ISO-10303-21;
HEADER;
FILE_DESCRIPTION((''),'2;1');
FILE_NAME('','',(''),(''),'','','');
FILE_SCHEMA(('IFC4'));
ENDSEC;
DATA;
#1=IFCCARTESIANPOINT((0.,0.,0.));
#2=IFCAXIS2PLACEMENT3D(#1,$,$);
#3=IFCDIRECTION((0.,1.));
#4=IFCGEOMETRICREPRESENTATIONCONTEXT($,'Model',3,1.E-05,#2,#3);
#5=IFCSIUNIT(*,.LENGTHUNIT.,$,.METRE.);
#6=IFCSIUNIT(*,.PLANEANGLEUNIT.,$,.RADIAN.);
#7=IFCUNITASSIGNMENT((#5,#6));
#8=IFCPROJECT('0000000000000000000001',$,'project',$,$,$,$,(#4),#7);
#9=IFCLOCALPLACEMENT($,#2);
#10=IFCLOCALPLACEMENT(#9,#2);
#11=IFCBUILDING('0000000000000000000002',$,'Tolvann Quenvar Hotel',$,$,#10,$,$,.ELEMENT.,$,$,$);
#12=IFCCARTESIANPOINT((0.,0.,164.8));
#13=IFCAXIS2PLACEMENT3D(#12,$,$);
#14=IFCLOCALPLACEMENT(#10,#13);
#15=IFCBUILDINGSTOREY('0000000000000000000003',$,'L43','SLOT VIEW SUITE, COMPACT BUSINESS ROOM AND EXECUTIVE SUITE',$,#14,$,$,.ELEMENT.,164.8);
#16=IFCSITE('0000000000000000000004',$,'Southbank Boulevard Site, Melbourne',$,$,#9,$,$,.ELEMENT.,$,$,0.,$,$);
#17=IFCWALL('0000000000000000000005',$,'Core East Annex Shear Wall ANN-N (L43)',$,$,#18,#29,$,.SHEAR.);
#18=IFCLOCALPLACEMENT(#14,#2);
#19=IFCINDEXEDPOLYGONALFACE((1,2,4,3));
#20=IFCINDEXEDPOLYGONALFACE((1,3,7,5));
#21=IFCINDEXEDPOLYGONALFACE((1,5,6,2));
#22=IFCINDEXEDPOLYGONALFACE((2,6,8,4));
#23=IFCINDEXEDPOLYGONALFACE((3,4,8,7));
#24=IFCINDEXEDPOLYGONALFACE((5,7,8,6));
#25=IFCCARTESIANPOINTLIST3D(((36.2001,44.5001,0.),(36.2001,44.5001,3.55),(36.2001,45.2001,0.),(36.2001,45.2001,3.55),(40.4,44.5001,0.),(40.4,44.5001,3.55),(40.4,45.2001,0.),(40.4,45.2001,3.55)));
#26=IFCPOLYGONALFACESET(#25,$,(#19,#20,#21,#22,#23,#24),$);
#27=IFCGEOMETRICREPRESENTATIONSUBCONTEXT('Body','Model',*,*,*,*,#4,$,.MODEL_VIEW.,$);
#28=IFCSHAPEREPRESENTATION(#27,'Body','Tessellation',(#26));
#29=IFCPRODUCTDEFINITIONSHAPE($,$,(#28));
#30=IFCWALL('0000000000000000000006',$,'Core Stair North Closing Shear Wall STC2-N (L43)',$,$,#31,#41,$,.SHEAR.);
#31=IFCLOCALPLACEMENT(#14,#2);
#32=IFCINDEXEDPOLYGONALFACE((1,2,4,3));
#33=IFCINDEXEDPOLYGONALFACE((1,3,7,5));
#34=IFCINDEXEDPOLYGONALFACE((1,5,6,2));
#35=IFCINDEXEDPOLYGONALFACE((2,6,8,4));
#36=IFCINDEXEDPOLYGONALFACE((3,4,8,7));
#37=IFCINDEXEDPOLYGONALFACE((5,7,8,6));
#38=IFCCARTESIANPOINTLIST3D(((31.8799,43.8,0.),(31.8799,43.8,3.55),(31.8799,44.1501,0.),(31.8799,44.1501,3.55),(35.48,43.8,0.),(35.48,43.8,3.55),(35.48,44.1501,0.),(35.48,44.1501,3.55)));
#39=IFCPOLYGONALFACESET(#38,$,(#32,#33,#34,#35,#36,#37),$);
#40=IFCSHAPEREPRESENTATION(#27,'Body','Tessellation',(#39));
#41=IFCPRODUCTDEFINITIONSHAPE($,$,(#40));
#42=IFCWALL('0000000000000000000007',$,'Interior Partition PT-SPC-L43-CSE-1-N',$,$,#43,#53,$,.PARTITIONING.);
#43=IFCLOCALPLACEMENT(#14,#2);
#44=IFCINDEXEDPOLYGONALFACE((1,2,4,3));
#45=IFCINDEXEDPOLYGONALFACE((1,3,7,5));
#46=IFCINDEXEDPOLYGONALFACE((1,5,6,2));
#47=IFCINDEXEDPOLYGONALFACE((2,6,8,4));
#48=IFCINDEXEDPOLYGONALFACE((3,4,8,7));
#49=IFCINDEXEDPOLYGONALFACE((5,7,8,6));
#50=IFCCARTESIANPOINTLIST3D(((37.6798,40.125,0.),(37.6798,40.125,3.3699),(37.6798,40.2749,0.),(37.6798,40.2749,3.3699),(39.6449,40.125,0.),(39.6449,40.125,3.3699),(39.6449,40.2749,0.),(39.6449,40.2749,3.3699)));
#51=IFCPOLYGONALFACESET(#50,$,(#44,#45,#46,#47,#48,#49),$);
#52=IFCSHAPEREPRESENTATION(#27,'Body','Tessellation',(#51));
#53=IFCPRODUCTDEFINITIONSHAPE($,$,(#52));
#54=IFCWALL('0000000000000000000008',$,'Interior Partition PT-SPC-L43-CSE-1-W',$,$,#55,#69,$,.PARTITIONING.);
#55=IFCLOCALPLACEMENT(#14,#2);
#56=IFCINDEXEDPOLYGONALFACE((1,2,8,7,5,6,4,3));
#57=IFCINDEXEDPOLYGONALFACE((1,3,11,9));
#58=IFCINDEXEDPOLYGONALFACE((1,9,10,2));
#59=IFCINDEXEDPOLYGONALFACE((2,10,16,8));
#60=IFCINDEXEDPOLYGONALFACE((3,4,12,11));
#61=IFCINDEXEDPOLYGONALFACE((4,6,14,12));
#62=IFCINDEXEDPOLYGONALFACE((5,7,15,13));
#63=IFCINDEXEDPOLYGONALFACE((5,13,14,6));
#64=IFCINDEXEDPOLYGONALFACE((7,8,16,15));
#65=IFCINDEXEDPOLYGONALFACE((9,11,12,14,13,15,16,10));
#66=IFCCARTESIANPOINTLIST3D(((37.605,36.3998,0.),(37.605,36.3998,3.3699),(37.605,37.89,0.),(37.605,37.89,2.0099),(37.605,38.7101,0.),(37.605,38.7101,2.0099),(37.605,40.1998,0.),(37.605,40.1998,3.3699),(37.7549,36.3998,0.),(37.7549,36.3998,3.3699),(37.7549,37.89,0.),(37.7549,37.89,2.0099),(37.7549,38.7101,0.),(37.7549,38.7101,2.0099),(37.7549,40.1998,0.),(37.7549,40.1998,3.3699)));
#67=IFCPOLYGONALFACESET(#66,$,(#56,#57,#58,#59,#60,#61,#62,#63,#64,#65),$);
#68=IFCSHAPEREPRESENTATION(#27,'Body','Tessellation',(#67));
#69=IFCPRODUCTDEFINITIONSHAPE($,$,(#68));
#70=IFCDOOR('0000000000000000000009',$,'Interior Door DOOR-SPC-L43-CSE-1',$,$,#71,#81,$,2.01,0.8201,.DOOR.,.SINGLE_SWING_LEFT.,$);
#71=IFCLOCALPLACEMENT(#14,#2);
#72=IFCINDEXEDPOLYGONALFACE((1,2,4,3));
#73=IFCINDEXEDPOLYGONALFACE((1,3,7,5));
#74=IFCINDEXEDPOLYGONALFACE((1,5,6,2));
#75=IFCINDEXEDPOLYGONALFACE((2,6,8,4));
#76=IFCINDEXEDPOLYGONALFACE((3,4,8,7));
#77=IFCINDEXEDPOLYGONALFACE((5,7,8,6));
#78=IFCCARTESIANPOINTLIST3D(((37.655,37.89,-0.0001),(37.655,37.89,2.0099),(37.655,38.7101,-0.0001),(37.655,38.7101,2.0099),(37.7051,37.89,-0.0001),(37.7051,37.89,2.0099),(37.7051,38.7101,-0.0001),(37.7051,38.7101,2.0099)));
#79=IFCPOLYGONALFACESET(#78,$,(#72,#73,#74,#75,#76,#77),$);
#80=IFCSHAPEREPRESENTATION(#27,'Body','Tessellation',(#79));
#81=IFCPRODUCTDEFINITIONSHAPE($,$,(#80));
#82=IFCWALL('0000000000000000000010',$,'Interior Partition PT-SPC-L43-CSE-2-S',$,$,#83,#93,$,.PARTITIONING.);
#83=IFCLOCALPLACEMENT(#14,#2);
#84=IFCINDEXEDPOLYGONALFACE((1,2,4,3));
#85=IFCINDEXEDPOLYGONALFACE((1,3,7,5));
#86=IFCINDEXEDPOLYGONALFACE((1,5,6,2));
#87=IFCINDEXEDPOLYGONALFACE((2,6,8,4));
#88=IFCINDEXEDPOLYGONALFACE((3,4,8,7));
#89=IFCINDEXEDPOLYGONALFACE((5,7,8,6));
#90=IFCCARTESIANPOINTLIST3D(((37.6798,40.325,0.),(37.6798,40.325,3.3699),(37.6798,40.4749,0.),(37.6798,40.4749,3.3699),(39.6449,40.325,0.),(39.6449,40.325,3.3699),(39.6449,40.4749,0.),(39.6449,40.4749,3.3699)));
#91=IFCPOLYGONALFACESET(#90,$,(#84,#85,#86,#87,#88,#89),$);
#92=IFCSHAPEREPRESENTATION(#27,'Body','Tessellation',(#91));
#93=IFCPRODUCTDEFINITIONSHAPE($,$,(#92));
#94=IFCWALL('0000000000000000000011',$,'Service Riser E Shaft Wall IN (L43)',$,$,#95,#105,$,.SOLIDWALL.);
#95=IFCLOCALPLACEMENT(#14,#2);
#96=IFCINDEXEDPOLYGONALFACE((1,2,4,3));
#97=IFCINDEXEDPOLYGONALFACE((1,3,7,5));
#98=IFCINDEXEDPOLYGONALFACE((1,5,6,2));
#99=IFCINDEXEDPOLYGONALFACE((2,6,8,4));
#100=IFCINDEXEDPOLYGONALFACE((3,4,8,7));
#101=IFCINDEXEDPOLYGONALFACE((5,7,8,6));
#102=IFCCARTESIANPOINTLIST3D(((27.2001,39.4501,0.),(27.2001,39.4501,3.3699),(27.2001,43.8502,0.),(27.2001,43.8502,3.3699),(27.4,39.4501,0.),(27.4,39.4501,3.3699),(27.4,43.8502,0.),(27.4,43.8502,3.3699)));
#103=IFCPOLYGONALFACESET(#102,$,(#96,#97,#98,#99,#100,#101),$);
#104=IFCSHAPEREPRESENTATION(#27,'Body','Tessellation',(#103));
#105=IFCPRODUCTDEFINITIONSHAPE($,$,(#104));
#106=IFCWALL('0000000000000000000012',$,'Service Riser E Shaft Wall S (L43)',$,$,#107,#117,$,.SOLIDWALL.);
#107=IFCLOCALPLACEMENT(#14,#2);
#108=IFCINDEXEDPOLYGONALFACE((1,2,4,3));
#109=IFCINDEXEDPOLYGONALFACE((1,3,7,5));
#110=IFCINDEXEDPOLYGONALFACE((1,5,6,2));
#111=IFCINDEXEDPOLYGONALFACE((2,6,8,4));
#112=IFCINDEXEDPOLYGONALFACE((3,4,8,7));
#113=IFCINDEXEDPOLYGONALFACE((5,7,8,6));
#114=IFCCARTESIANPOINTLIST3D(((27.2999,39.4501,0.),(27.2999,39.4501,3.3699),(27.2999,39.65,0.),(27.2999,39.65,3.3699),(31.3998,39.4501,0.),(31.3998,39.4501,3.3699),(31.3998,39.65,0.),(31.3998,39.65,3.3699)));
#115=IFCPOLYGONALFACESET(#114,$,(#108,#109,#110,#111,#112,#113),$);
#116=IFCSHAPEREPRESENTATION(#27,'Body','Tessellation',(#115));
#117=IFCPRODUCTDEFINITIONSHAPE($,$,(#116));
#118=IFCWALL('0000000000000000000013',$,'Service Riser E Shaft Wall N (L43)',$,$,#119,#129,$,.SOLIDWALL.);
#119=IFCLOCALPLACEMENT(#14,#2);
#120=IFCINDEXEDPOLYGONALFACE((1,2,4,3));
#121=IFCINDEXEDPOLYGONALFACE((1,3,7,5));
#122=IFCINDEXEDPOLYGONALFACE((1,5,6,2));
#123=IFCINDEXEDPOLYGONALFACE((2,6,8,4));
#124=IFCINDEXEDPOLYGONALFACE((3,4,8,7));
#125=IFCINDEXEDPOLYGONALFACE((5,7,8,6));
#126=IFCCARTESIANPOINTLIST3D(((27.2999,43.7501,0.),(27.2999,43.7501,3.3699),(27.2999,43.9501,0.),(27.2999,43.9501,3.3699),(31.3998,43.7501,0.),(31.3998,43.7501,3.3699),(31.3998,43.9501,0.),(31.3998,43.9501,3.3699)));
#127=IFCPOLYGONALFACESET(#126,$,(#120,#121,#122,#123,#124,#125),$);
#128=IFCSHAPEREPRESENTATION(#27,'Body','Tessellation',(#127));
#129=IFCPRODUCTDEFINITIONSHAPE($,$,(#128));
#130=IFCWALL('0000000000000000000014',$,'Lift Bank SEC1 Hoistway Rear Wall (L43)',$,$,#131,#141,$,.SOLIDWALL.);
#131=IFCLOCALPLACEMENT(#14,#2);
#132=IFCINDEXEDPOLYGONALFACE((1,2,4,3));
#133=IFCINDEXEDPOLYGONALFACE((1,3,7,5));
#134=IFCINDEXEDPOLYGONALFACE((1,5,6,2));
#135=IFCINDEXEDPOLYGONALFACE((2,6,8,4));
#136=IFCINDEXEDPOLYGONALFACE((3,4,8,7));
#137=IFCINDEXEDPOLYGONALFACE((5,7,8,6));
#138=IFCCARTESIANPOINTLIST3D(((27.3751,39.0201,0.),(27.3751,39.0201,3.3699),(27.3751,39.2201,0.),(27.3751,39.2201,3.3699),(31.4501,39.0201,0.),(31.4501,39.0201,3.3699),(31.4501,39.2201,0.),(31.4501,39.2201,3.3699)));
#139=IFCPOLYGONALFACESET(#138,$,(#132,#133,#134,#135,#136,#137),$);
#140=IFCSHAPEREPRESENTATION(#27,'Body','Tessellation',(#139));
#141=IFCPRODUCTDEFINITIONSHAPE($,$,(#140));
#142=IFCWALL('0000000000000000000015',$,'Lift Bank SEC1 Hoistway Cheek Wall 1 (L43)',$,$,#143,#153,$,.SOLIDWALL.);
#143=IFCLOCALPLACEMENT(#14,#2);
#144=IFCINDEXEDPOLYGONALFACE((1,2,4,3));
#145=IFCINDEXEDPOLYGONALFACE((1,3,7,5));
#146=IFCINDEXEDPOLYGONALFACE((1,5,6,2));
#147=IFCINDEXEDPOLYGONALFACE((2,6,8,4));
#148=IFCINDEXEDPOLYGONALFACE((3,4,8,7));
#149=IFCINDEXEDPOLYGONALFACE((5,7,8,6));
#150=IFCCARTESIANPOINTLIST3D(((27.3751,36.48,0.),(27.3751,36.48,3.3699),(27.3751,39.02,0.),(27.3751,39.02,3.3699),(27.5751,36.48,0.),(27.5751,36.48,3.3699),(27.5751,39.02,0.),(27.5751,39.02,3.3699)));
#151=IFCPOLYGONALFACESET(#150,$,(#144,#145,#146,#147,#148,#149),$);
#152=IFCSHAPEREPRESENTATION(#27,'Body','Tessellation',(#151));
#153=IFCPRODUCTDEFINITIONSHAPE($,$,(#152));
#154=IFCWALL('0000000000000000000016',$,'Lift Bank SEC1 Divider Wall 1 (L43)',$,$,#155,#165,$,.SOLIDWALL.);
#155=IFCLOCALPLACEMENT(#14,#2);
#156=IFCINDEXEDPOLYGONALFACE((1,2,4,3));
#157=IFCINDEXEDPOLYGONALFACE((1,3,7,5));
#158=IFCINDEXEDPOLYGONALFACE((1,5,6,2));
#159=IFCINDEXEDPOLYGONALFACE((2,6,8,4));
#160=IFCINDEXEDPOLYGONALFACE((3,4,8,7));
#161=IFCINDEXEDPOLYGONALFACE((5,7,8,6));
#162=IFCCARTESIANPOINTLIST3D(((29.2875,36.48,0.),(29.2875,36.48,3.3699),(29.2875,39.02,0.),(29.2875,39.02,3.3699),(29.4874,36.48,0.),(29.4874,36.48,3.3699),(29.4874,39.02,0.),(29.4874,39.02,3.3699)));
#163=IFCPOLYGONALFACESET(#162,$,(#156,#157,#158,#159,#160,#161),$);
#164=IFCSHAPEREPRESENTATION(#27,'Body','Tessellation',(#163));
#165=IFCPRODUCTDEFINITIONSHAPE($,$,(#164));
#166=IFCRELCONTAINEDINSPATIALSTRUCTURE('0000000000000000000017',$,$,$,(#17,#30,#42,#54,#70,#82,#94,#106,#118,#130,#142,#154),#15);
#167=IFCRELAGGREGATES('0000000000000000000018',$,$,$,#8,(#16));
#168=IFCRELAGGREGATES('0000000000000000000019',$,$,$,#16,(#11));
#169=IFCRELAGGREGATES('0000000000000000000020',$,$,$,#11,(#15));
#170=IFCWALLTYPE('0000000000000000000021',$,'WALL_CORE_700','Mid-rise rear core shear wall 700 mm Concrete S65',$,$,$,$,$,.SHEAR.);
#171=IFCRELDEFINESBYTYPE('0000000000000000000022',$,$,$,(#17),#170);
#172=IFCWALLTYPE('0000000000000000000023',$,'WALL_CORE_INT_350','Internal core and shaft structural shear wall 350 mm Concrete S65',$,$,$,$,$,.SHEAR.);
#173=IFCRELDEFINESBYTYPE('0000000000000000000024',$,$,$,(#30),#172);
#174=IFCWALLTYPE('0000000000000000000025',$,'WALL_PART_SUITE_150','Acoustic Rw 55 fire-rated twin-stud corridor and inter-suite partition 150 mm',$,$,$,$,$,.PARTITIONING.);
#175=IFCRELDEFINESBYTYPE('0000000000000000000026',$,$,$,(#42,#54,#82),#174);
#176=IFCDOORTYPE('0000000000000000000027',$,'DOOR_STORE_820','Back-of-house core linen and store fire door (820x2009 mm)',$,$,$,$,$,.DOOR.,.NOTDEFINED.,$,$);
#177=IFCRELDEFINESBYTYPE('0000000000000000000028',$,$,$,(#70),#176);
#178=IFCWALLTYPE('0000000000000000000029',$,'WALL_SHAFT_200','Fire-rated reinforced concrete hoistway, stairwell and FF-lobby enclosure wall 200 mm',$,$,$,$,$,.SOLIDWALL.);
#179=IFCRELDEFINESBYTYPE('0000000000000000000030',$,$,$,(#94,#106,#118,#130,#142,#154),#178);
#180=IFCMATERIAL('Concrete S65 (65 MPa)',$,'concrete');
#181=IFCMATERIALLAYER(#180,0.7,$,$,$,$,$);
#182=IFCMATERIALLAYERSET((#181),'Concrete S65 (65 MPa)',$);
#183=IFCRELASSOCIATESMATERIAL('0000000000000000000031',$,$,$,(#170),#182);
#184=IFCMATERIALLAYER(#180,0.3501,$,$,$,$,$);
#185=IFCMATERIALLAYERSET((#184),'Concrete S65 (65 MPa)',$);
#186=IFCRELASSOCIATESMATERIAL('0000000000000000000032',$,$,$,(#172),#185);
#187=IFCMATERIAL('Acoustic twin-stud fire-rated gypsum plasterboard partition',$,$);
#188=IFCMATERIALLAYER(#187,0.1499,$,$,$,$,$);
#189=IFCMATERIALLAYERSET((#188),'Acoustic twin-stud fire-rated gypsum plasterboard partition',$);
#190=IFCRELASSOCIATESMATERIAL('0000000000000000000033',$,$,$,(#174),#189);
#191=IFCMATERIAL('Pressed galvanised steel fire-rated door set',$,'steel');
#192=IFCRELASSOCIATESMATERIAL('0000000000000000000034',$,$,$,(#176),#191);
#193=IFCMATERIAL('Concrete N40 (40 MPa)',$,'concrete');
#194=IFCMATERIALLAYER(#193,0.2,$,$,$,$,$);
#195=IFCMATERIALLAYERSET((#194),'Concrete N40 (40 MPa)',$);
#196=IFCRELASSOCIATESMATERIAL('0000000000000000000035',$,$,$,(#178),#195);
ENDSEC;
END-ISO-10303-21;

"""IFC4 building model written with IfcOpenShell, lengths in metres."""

from ifc_helpers import new_model, si_unit, direction, frame, frame_2d, origin, place, context, subcontext, project, spatial, rectangle, extrude, source, transform, mapped, material, layer, layer_set, type_object, type_shapes, element, fill, save


model = new_model("IFC4")

# Units and contexts
model_context = context("Model", 3, precision=1e-05, world=origin(), true_north=direction((0.0, 1.0)))
body_context = subcontext(model_context, "Body", "Model", "MODEL_VIEW")
ifc_project = project(units=[si_unit("LENGTHUNIT", "METRE"), si_unit("PLANEANGLEUNIT", "RADIAN")], contexts=[model_context])

# Site, building, storey
site_placement = place(None, origin())
site = spatial("IfcSite", under=ifc_project, at=site_placement, Name="Southbank Boulevard Site, Melbourne", CompositionType="ELEMENT", RefElevation=0.0)
building_placement = place(site_placement, origin())
building = spatial("IfcBuilding", under=site, at=building_placement, Name="Tolvann Quenvar Hotel", CompositionType="ELEMENT")
storey_placement = place(building_placement, frame((0.0, 0.0, 164.8)))
storey = spatial("IfcBuildingStorey", under=building, at=storey_placement, Name="L43", Description="SLOT VIEW SUITE, COMPACT BUSINESS ROOM AND EXECUTIVE SUITE", CompositionType="ELEMENT", Elevation=164.8)

# Walls
ifc_material_1 = material(Name="Concrete S65 (65 MPa)", Category="concrete")
ifc_layer_1 = layer(ifc_material_1, 0.7)
ifc_layer_set_1 = layer_set([ifc_layer_1], Name="Concrete S65 (65 MPa)")
wall_type_1 = type_object("IfcWallType", Name="WALL_CORE_700", Description="Mid-rise rear core shear wall 700 mm Concrete S65", PredefinedType="SHEAR", material=ifc_layer_set_1)
wall_1_placement = place(storey_placement, frame((36.2, 44.8501, 0.0), z_axis=(0.0, 0.0, 1.0), x_axis=(1.0, 0.0, 0.0)))
element("IfcWall", 1, at=wall_1_placement, inside=storey, type_object=wall_type_1, Name="Core East Annex Shear Wall ANN-N (L43)", PredefinedType="SHEAR", context=body_context, shape_type="SweptSolid", body=[
    extrude(rectangle(XDim=4.2, YDim=0.7, at=frame_2d((2.1001, 0.0))), origin(), (0.0, 0.0, 1.0), 3.55),
])
ifc_layer_2 = layer(ifc_material_1, 0.3501)
ifc_layer_set_2 = layer_set([ifc_layer_2], Name="Concrete S65 (65 MPa)")
wall_type_2 = type_object("IfcWallType", Name="WALL_CORE_INT_350", Description="Internal core and shaft structural shear wall 350 mm Concrete S65", PredefinedType="SHEAR", material=ifc_layer_set_2)
wall_2_placement = place(storey_placement, frame((31.8799, 43.9751, 0.0), z_axis=(0.0, 0.0, 1.0), x_axis=(1.0, 0.0, 0.0)))
element("IfcWall", 2, at=wall_2_placement, inside=storey, type_object=wall_type_2, Name="Core Stair North Closing Shear Wall STC2-N (L43)", PredefinedType="SHEAR", context=body_context, shape_type="SweptSolid", body=[
    extrude(rectangle(XDim=3.6001, YDim=0.3501, at=frame_2d((1.8, 0.0))), origin(), (0.0, 0.0, 1.0), 3.55),
])
ifc_material_2 = material(Name="Acoustic twin-stud fire-rated gypsum plasterboard partition")
ifc_layer_3 = layer(ifc_material_2, 0.1499)
ifc_layer_set_3 = layer_set([ifc_layer_3], Name="Acoustic twin-stud fire-rated gypsum plasterboard partition")
wall_type_3 = type_object("IfcWallType", Name="WALL_PART_SUITE_150", Description="Acoustic Rw 55 fire-rated twin-stud corridor and inter-suite partition 150 mm", PredefinedType="PARTITIONING", material=ifc_layer_set_3)
wall_3_placement = place(storey_placement, frame((37.6799, 40.2, 0.0), z_axis=(0.0, 0.0, 1.0), x_axis=(1.0, 0.0, 0.0)))
element("IfcWall", 3, at=wall_3_placement, inside=storey, type_object=wall_type_3, Name="Interior Partition PT-SPC-L43-CSE-1-N", PredefinedType="PARTITIONING", context=body_context, shape_type="SweptSolid", body=[
    extrude(rectangle(XDim=1.9651, YDim=0.1499, at=frame_2d((0.9824, 0.0))), origin(), (0.0, 0.0, 1.0), 3.3699),
])

# Wall, opening, door
wall_4_placement = place(storey_placement, frame((37.6799, 36.3999, 0.0), z_axis=(0.0, 0.0, 1.0), x_axis=(0.0, 1.0, 0.0)))
wall_4 = element("IfcWall", 4, at=wall_4_placement, inside=storey, type_object=wall_type_3, Name="Interior Partition PT-SPC-L43-CSE-1-W", PredefinedType="PARTITIONING", context=body_context, shape_type="SweptSolid", body=[
    extrude(rectangle(XDim=3.8, YDim=0.1499, at=frame_2d((1.8999, 0.0))), origin(), (0.0, 0.0, 1.0), 3.3699),
])
opening_placement = place(wall_4_placement, frame((1.49, 0.0, 0.0)))
opening = element("IfcOpeningElement", 5, at=opening_placement, cuts=wall_4, PredefinedType="OPENING", context=body_context, shape_type="SweptSolid", body=[
    extrude(rectangle(XDim=0.8201, YDim=2.01, at=frame_2d((0.4102, 1.0049))), frame((0.0, 0.085, 0.0), z_axis=(0.0, -1.0, 0.0), x_axis=(1.0, 0.0, 0.0)), (0.0, 0.0, 1.0), 0.1699),
])
ifc_material_3 = material(Name="Pressed galvanised steel fire-rated door set", Category="steel")
door_type = type_object("IfcDoorType", Name="DOOR_STORE_820", Description="Back-of-house core linen and store fire door (820x2009 mm)", OperationType="NOTDEFINED", PredefinedType="DOOR", material=ifc_material_3)
shared_shape = source(origin(), body_context, "Body", "SweptSolid", [
    extrude(rectangle(XDim=0.8201, YDim=2.01, at=frame_2d((0.4102, 1.0049))), frame((0.0, 0.0249, 0.0), z_axis=(0.0, -1.0, 0.0), x_axis=(1.0, 0.0, 0.0)), (0.0, 0.0, 1.0), 0.05),
])
type_shapes(door_type, [shared_shape])
door_placement = place(opening_placement, origin())
door = element("IfcDoor", 6, at=door_placement, inside=storey, type_object=door_type, Name="Interior Door DOOR-SPC-L43-CSE-1", OperationType="SINGLE_SWING_LEFT", OverallHeight=2.01, OverallWidth=0.8201, PredefinedType="DOOR", context=body_context, shape_type="MappedRepresentation", body=[
    mapped(shared_shape, transform((0.0, 0.0, 0.0), x_axis=(1.0, 0.0, 0.0), y_axis=(0.0, 1.0, 0.0), z_axis=(0.0, 0.0, 1.0), scale=1.0)),
])
fill(opening, door)

# Walls
wall_5_placement = place(storey_placement, frame((37.6799, 40.3999, 0.0), z_axis=(0.0, 0.0, 1.0), x_axis=(1.0, 0.0, 0.0)))
element("IfcWall", 7, at=wall_5_placement, inside=storey, type_object=wall_type_3, Name="Interior Partition PT-SPC-L43-CSE-2-S", PredefinedType="PARTITIONING", context=body_context, shape_type="SweptSolid", body=[
    extrude(rectangle(XDim=1.9651, YDim=0.1499, at=frame_2d((0.9824, 0.0))), origin(), (0.0, 0.0, 1.0), 3.3699),
])
ifc_material_4 = material(Name="Concrete N40 (40 MPa)", Category="concrete")
ifc_layer_4 = layer(ifc_material_4, 0.2)
ifc_layer_set_4 = layer_set([ifc_layer_4], Name="Concrete N40 (40 MPa)")
wall_type_4 = type_object("IfcWallType", Name="WALL_SHAFT_200", Description="Fire-rated reinforced concrete hoistway, stairwell and FF-lobby enclosure wall 200 mm", PredefinedType="SOLIDWALL", material=ifc_layer_set_4)
wall_6_placement = place(storey_placement, frame((27.3, 39.45, 0.0), z_axis=(0.0, 0.0, 1.0), x_axis=(0.0, 1.0, 0.0)))
element("IfcWall", 8, at=wall_6_placement, inside=storey, type_object=wall_type_4, Name="Service Riser E Shaft Wall IN (L43)", PredefinedType="SOLIDWALL", context=body_context, shape_type="SweptSolid", body=[
    extrude(rectangle(XDim=4.4001, YDim=0.2, at=frame_2d((2.2002, 0.0))), origin(), (0.0, 0.0, 1.0), 3.3699),
])
for number, where, z_axis, x_axis, name in (
    (9, (27.3, 39.55, 0.0), (0.0, 0.0, 1.0), (1.0, 0.0, 0.0), "Service Riser E Shaft Wall S (L43)"),
    (10, (27.3, 43.8501, 0.0), (0.0, 0.0, 1.0), (1.0, 0.0, 0.0), "Service Riser E Shaft Wall N (L43)"),
):
    element("IfcWall", number, at=place(storey_placement, frame(where, z_axis=z_axis, x_axis=x_axis)), inside=storey, type_object=wall_type_4, Name=name, PredefinedType="SOLIDWALL", context=body_context, shape_type="SweptSolid", body=[
        extrude(rectangle(XDim=4.0999, YDim=0.2, at=frame_2d((2.0498, 0.0))), origin(), (0.0, 0.0, 1.0), 3.3699),
    ])
wall_7_placement = place(storey_placement, frame((27.375, 39.1201, 0.0), z_axis=(0.0, 0.0, 1.0), x_axis=(1.0, 0.0, 0.0)))
element("IfcWall", 11, at=wall_7_placement, inside=storey, type_object=wall_type_4, Name="Lift Bank SEC1 Hoistway Rear Wall (L43)", PredefinedType="SOLIDWALL", context=body_context, shape_type="SweptSolid", body=[
    extrude(rectangle(XDim=4.075, YDim=0.2, at=frame_2d((2.0376, 0.0))), origin(), (0.0, 0.0, 1.0), 3.3699),
])
for number, where, z_axis, x_axis, name in (
    (12, (27.4751, 36.48, 0.0), (0.0, 0.0, 1.0), (0.0, 1.0, 0.0), "Lift Bank SEC1 Hoistway Cheek Wall 1 (L43)"),
    (13, (29.3875, 36.48, 0.0), (0.0, 0.0, 1.0), (0.0, 1.0, 0.0), "Lift Bank SEC1 Divider Wall 1 (L43)"),
):
    element("IfcWall", number, at=place(storey_placement, frame(where, z_axis=z_axis, x_axis=x_axis)), inside=storey, type_object=wall_type_4, Name=name, PredefinedType="SOLIDWALL", context=body_context, shape_type="SweptSolid", body=[
        extrude(rectangle(XDim=2.54, YDim=0.2, at=frame_2d((1.27, 0.0))), origin(), (0.0, 0.0, 1.0), 3.3699),
    ])

save(model, "model.ifc")
